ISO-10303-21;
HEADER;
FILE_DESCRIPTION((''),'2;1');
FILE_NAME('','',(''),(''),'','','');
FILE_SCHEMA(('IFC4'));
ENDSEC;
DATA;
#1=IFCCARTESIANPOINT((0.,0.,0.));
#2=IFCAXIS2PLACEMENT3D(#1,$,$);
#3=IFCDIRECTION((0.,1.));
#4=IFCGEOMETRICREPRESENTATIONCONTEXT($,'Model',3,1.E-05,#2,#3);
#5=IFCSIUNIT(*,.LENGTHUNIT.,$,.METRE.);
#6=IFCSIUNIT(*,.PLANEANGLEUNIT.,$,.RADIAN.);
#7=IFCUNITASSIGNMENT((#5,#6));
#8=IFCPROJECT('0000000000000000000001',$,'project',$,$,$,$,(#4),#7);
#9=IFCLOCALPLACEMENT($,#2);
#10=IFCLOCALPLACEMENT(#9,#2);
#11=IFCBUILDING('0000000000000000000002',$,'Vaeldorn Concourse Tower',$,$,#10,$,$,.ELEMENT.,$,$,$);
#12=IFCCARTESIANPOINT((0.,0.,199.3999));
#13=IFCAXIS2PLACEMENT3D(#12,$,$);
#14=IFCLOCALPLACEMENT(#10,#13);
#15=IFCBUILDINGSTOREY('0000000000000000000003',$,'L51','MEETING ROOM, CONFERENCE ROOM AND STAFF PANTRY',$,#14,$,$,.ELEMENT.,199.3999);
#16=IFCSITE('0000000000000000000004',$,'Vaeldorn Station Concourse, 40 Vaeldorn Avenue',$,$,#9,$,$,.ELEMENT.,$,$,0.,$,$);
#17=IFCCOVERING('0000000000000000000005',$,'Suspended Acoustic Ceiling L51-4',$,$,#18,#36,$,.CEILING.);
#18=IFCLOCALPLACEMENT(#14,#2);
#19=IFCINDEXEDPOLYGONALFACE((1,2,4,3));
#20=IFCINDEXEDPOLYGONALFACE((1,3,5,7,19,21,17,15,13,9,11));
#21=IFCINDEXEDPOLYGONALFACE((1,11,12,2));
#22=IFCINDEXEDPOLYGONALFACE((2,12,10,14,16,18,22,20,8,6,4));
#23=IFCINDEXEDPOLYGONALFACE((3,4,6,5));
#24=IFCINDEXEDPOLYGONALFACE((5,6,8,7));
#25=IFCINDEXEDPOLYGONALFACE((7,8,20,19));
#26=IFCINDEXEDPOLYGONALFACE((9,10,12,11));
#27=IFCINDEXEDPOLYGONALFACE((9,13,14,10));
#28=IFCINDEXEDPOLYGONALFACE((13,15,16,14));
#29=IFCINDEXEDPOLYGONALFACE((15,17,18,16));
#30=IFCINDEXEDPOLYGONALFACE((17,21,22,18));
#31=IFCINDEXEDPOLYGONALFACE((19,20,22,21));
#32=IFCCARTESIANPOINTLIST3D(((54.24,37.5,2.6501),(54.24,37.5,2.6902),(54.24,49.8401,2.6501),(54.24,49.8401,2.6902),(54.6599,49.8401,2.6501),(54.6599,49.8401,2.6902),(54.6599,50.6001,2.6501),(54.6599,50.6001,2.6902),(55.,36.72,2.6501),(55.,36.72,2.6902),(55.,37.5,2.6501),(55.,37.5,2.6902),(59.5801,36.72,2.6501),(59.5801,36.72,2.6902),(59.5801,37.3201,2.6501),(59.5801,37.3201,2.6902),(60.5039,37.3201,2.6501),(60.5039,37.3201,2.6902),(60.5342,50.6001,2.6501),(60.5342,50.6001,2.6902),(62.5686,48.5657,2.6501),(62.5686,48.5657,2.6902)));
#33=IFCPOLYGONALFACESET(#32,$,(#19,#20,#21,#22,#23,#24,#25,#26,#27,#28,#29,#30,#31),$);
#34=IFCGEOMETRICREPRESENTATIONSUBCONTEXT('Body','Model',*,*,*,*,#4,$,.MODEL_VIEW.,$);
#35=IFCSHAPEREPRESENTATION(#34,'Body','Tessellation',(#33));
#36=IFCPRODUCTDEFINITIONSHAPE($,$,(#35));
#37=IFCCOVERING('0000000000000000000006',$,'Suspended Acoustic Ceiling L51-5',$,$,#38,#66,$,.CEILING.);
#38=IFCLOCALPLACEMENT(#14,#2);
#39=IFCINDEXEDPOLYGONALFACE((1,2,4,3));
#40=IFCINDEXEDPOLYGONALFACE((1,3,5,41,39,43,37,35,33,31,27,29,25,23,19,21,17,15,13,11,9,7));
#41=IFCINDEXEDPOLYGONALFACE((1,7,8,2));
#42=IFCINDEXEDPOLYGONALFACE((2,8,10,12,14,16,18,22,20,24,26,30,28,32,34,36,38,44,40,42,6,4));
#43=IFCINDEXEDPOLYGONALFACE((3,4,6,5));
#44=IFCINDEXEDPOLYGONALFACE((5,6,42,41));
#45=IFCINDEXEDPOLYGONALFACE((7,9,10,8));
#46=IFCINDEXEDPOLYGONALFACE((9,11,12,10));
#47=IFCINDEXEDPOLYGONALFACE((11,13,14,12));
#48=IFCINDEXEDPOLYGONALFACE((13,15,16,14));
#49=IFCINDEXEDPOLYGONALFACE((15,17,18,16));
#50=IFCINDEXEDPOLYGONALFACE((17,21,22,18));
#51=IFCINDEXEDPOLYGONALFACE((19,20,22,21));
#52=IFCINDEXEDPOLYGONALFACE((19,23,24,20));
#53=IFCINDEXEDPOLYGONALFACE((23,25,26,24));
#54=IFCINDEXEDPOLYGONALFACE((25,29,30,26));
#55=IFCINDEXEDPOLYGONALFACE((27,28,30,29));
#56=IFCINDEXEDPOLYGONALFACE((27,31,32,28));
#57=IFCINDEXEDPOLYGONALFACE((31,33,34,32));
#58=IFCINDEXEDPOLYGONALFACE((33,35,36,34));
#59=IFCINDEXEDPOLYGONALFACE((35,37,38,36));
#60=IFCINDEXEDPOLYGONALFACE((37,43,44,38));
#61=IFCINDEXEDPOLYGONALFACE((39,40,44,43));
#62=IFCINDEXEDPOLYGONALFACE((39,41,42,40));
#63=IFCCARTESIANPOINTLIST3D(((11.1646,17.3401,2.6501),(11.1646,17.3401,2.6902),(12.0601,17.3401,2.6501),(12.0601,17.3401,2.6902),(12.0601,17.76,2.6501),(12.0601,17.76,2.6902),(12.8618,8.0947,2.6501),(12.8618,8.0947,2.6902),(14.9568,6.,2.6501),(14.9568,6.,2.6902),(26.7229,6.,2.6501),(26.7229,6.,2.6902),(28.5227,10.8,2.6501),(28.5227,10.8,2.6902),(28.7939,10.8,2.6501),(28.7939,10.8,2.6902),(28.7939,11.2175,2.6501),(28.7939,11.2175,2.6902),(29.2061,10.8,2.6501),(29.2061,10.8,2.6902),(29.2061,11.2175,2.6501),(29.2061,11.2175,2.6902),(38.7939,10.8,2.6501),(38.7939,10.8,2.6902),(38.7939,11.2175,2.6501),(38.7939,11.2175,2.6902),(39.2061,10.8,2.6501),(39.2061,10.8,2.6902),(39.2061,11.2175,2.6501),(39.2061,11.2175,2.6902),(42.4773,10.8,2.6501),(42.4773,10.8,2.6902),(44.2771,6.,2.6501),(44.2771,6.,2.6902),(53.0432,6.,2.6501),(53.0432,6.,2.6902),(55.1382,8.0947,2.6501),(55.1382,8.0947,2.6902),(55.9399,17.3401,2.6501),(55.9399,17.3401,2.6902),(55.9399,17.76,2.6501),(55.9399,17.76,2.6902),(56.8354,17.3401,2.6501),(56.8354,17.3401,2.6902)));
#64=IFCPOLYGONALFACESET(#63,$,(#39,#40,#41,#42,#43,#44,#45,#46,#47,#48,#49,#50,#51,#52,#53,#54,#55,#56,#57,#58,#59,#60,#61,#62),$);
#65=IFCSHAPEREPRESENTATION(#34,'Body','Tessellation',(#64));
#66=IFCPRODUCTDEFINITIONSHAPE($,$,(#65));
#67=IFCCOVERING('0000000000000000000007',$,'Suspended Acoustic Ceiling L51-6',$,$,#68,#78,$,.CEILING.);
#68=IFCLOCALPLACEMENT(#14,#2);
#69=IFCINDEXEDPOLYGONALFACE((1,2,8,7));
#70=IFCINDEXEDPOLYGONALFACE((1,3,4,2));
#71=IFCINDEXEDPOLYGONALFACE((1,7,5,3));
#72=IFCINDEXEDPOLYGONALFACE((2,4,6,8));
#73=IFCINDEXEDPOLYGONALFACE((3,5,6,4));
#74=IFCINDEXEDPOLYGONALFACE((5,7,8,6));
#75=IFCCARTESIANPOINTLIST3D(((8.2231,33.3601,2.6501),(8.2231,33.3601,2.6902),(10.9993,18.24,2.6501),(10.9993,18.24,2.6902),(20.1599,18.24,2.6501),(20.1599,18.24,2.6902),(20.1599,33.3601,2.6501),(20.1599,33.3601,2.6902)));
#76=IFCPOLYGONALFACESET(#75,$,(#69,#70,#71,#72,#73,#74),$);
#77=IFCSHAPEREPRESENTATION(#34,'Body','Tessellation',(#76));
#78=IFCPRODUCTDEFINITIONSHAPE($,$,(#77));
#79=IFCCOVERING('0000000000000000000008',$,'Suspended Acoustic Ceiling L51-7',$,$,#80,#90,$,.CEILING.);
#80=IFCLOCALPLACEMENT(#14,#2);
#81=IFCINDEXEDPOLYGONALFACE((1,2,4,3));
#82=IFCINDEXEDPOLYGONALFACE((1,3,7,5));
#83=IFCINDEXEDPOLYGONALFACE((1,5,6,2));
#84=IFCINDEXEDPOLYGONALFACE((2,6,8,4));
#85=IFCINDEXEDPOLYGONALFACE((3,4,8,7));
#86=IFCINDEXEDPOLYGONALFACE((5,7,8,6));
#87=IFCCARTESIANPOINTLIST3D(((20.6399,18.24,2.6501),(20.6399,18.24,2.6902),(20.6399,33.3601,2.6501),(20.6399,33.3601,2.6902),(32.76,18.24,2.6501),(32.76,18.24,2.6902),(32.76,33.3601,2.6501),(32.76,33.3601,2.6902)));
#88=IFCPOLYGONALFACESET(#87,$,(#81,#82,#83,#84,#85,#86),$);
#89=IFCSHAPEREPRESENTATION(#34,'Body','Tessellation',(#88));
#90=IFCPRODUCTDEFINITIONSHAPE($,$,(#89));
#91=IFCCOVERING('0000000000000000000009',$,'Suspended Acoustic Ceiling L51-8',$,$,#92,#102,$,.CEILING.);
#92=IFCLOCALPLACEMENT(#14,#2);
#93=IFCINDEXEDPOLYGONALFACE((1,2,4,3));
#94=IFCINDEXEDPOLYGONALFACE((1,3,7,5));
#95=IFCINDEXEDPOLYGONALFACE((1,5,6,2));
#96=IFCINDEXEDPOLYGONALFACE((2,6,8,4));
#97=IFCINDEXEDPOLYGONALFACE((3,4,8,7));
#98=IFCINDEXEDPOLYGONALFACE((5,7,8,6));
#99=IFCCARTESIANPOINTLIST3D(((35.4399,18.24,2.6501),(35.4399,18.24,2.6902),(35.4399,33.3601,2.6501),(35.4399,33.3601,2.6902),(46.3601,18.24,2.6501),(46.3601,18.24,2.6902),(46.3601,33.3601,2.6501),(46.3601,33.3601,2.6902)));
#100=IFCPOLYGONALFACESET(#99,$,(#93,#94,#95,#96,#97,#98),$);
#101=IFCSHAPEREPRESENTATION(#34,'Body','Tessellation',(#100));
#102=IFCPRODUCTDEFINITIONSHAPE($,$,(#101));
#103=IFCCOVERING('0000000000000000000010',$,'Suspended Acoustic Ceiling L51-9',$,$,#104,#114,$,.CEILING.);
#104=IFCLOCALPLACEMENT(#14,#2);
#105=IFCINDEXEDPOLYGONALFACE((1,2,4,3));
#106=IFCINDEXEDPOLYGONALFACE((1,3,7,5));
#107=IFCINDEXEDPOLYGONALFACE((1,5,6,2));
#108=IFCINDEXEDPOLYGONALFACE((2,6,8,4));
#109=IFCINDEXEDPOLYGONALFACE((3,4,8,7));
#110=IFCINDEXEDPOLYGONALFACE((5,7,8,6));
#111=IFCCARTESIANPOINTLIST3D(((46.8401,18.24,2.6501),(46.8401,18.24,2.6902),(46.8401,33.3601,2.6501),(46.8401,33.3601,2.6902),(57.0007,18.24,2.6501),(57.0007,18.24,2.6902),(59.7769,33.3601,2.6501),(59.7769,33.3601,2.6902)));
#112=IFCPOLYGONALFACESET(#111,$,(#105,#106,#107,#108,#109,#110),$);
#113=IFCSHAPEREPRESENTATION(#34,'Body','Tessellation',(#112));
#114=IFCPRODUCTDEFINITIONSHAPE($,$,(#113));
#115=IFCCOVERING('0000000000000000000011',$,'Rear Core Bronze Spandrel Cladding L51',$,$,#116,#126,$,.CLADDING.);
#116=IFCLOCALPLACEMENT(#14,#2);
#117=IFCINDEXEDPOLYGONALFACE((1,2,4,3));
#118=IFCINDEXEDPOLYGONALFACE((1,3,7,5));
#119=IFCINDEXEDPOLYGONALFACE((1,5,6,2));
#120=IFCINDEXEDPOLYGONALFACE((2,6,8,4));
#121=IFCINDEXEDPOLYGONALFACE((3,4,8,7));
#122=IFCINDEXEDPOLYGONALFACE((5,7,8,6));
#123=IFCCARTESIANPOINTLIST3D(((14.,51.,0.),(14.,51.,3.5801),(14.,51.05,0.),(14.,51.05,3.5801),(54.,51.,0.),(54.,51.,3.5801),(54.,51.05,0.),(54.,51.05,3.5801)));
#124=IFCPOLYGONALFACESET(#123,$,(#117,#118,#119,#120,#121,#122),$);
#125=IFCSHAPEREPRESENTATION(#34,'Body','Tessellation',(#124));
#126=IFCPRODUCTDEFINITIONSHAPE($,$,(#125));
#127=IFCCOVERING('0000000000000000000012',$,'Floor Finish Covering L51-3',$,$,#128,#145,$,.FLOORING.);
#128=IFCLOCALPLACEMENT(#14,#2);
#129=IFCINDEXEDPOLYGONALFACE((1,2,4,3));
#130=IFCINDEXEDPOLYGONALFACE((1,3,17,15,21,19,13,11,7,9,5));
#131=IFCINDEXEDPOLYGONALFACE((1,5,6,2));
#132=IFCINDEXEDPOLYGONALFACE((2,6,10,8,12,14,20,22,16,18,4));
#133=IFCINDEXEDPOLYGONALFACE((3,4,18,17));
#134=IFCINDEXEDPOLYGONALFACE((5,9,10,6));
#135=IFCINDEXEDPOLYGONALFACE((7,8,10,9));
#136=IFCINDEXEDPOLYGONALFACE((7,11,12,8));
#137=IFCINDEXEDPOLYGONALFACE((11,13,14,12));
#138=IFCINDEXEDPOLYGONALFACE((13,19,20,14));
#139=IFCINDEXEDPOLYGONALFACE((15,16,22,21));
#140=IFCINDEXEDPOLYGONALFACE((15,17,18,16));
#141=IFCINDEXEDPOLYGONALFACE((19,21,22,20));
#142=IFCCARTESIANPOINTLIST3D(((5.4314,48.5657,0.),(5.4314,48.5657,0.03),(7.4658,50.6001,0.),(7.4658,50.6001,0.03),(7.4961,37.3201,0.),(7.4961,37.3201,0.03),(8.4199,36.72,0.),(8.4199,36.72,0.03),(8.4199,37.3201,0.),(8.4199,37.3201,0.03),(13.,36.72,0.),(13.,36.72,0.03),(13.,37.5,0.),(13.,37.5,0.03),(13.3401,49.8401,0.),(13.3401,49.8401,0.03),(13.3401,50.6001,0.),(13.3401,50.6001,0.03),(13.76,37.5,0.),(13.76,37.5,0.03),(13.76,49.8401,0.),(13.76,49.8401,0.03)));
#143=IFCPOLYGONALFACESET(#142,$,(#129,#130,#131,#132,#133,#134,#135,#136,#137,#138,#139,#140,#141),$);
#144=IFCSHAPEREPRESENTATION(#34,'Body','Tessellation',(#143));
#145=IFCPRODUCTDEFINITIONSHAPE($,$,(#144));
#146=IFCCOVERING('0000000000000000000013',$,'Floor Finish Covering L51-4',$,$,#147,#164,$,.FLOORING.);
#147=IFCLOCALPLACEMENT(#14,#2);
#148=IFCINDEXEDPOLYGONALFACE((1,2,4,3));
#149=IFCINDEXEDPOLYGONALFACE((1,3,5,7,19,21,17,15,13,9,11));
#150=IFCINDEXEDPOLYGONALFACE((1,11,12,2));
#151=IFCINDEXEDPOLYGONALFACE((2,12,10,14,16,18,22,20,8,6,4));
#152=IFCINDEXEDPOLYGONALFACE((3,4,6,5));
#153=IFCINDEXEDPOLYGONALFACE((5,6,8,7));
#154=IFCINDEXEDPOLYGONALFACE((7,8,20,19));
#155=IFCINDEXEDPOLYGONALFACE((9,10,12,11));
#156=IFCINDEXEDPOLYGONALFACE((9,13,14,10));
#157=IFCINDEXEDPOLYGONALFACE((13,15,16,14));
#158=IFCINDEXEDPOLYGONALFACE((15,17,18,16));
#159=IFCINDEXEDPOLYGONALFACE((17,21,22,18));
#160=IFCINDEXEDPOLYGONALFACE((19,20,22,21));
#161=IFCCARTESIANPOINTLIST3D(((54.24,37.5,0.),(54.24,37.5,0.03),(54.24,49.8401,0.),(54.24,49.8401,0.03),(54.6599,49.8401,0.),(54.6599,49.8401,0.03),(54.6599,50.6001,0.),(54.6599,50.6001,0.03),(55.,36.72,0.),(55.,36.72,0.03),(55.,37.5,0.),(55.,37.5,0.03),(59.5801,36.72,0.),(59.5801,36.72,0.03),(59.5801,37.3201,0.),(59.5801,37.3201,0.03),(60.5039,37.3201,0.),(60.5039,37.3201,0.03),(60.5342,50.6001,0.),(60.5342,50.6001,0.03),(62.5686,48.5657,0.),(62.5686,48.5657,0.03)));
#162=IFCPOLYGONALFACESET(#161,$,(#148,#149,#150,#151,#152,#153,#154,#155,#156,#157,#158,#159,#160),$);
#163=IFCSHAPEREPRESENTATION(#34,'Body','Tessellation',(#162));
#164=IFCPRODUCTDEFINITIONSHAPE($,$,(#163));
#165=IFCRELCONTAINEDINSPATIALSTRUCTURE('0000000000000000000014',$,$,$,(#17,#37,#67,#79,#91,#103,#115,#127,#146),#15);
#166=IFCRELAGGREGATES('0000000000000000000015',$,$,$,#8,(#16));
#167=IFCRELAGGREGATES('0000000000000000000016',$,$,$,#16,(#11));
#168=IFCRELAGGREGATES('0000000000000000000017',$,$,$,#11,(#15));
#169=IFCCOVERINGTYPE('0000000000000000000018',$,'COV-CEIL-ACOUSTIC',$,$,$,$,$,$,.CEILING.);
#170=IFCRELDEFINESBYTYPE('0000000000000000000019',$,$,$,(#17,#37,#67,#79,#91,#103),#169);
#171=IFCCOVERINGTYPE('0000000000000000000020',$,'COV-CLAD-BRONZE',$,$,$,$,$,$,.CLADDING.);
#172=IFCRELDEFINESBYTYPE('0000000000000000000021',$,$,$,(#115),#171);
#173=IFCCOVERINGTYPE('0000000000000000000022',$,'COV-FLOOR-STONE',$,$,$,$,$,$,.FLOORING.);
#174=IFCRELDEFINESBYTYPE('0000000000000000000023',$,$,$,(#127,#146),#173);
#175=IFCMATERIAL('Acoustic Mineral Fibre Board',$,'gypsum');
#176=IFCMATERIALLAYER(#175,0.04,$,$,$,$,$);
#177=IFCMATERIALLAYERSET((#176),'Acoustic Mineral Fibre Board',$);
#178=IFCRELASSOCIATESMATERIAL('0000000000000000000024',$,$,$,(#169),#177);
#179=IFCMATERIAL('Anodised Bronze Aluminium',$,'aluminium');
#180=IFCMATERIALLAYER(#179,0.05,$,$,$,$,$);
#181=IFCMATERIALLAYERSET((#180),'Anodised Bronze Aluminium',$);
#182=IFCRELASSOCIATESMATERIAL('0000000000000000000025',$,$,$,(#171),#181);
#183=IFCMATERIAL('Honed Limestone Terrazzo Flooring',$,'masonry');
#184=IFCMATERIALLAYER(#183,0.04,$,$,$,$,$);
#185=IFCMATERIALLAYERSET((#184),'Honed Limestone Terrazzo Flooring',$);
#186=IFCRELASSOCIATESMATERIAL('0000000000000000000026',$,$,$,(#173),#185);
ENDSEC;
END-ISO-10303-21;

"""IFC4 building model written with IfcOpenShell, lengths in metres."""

from ifc_helpers import new_model, si_unit, direction, frame, origin, place, context, subcontext, project, spatial, polyline, outline, extrude, material, layer, layer_set, type_object, element, save


model = new_model("IFC4")

# Units and contexts
model_context = context("Model", 3, precision=1e-05, world=origin(), true_north=direction((0.0, 1.0)))
body_context = subcontext(model_context, "Body", "Model", "MODEL_VIEW")
ifc_project = project(units=[si_unit("LENGTHUNIT", "METRE"), si_unit("PLANEANGLEUNIT", "RADIAN")], contexts=[model_context])

# Site, building, storey
site_placement = place(None, origin())
site = spatial("IfcSite", under=ifc_project, at=site_placement, Name="Vaeldorn Station Concourse, 40 Vaeldorn Avenue", CompositionType="ELEMENT", RefElevation=0.0)
building_placement = place(site_placement, origin())
building = spatial("IfcBuilding", under=site, at=building_placement, Name="Vaeldorn Concourse Tower", CompositionType="ELEMENT")
storey_placement = place(building_placement, frame((0.0, 0.0, 199.3999)))
storey = spatial("IfcBuildingStorey", under=building, at=storey_placement, Name="L51", Description="MEETING ROOM, CONFERENCE ROOM AND STAFF PANTRY", CompositionType="ELEMENT", Elevation=199.3999)

# Shared definitions
ifc_material_1 = material(Name="Anodised Bronze Aluminium", Category="aluminium")

# Coverings
ifc_material_2 = material(Name="Acoustic Mineral Fibre Board", Category="gypsum")
ifc_layer_1 = layer(ifc_material_2, 0.04)
ifc_layer_set_1 = layer_set([ifc_layer_1], Name="Acoustic Mineral Fibre Board")
covering_type_1 = type_object("IfcCoveringType", Name="COV-CEIL-ACOUSTIC", PredefinedType="CEILING", material=ifc_layer_set_1)
covering_1_placement = place(storey_placement, frame((0.0, 0.0, 2.6501)))
element("IfcCovering", 1, at=covering_1_placement, inside=storey, type_object=covering_type_1, Name="Suspended Acoustic Ceiling L51-4", PredefinedType="CEILING", context=body_context, shape_type="SweptSolid", body=[
    extrude(outline(polyline([(54.6599, 49.8401), (54.6599, 50.6001), (60.5342, 50.6001), (62.5686, 48.5657), (60.5039, 37.3201), (59.5801, 37.3201), (59.5801, 36.72), (55.0, 36.72), (55.0, 37.5), (54.24, 37.5), (54.24, 49.8401), (54.6599, 49.8401)])), origin(), (0.0, 0.0, 1.0), 0.04),
])
covering_2_placement = place(storey_placement, frame((0.0, 0.0, 2.6501)))
element("IfcCovering", 2, at=covering_2_placement, inside=storey, type_object=covering_type_1, Name="Suspended Acoustic Ceiling L51-5", PredefinedType="CEILING", context=body_context, shape_type="SweptSolid", body=[
    extrude(outline(polyline([(12.0601, 17.76), (55.9399, 17.76), (55.9399, 17.3401), (56.8354, 17.3401), (55.1382, 8.0947), (53.0432, 6.0), (44.2771, 6.0), (42.4773, 10.8), (39.2061, 10.8), (39.2061, 11.2175), (38.7939, 11.2175), (38.7939, 10.8), (29.2061, 10.8), (29.2061, 11.2175), (28.7939, 11.2175), (28.7939, 10.8), (28.5227, 10.8), (26.7229, 6.0), (14.9568, 6.0), (12.8618, 8.0947), (11.1646, 17.3401), (12.0601, 17.3401), (12.0601, 17.76)])), origin(), (0.0, 0.0, 1.0), 0.04),
])
covering_3_placement = place(storey_placement, frame((0.0, 0.0, 2.6501)))
element("IfcCovering", 3, at=covering_3_placement, inside=storey, type_object=covering_type_1, Name="Suspended Acoustic Ceiling L51-6", PredefinedType="CEILING", context=body_context, shape_type="SweptSolid", body=[
    extrude(outline(polyline([(20.1599, 33.3601), (20.1599, 18.24), (10.9993, 18.24), (8.2231, 33.3601), (20.1599, 33.3601)])), origin(), (0.0, 0.0, 1.0), 0.04),
])
covering_4_placement = place(storey_placement, frame((0.0, 0.0, 2.6501)))
element("IfcCovering", 4, at=covering_4_placement, inside=storey, type_object=covering_type_1, Name="Suspended Acoustic Ceiling L51-7", PredefinedType="CEILING", context=body_context, shape_type="SweptSolid", body=[
    extrude(outline(polyline([(20.6399, 33.3601), (32.76, 33.3601), (32.76, 18.24), (20.6399, 18.24), (20.6399, 33.3601)])), origin(), (0.0, 0.0, 1.0), 0.04),
])
covering_5_placement = place(storey_placement, frame((0.0, 0.0, 2.6501)))
element("IfcCovering", 5, at=covering_5_placement, inside=storey, type_object=covering_type_1, Name="Suspended Acoustic Ceiling L51-8", PredefinedType="CEILING", context=body_context, shape_type="SweptSolid", body=[
    extrude(outline(polyline([(35.4399, 33.3601), (46.3601, 33.3601), (46.3601, 18.24), (35.4399, 18.24), (35.4399, 33.3601)])), origin(), (0.0, 0.0, 1.0), 0.04),
])
covering_6_placement = place(storey_placement, frame((0.0, 0.0, 2.6501)))
element("IfcCovering", 6, at=covering_6_placement, inside=storey, type_object=covering_type_1, Name="Suspended Acoustic Ceiling L51-9", PredefinedType="CEILING", context=body_context, shape_type="SweptSolid", body=[
    extrude(outline(polyline([(46.8401, 33.3601), (59.7769, 33.3601), (57.0007, 18.24), (46.8401, 18.24), (46.8401, 33.3601)])), origin(), (0.0, 0.0, 1.0), 0.04),
])
ifc_layer_2 = layer(ifc_material_1, 0.05)
ifc_layer_set_2 = layer_set([ifc_layer_2], Name="Anodised Bronze Aluminium")
covering_type_2 = type_object("IfcCoveringType", Name="COV-CLAD-BRONZE", PredefinedType="CLADDING", material=ifc_layer_set_2)
covering_7_placement = place(storey_placement, origin())
element("IfcCovering", 7, at=covering_7_placement, inside=storey, type_object=covering_type_2, Name="Rear Core Bronze Spandrel Cladding L51", PredefinedType="CLADDING", context=body_context, shape_type="SweptSolid", body=[
    extrude(outline(polyline([(14.0, 51.0), (54.0, 51.0), (54.0, 51.05), (14.0, 51.05), (14.0, 51.0)])), origin(), (0.0, 0.0, 1.0), 3.5801),
])
ifc_material_3 = material(Name="Honed Limestone Terrazzo Flooring", Category="masonry")
ifc_layer_3 = layer(ifc_material_3, 0.04)
ifc_layer_set_3 = layer_set([ifc_layer_3], Name="Honed Limestone Terrazzo Flooring")
covering_type_3 = type_object("IfcCoveringType", Name="COV-FLOOR-STONE", PredefinedType="FLOORING", material=ifc_layer_set_3)
covering_8_placement = place(storey_placement, origin())
element("IfcCovering", 8, at=covering_8_placement, inside=storey, type_object=covering_type_3, Name="Floor Finish Covering L51-3", PredefinedType="FLOORING", context=body_context, shape_type="SweptSolid", body=[
    extrude(outline(polyline([(7.4658, 50.6001), (13.3401, 50.6001), (13.3401, 49.8401), (13.76, 49.8401), (13.76, 37.5), (13.0, 37.5), (13.0, 36.72), (8.4199, 36.72), (8.4199, 37.3201), (7.4961, 37.3201), (5.4314, 48.5657), (7.4658, 50.6001)])), origin(), (0.0, 0.0, 1.0), 0.03),
])
covering_9_placement = place(storey_placement, origin())
element("IfcCovering", 9, at=covering_9_placement, inside=storey, type_object=covering_type_3, Name="Floor Finish Covering L51-4", PredefinedType="FLOORING", context=body_context, shape_type="SweptSolid", body=[
    extrude(outline(polyline([(54.6599, 49.8401), (54.6599, 50.6001), (60.5342, 50.6001), (62.5686, 48.5657), (60.5039, 37.3201), (59.5801, 37.3201), (59.5801, 36.72), (55.0, 36.72), (55.0, 37.5), (54.24, 37.5), (54.24, 49.8401), (54.6599, 49.8401)])), origin(), (0.0, 0.0, 1.0), 0.03),
])

save(model, "model.ifc")
